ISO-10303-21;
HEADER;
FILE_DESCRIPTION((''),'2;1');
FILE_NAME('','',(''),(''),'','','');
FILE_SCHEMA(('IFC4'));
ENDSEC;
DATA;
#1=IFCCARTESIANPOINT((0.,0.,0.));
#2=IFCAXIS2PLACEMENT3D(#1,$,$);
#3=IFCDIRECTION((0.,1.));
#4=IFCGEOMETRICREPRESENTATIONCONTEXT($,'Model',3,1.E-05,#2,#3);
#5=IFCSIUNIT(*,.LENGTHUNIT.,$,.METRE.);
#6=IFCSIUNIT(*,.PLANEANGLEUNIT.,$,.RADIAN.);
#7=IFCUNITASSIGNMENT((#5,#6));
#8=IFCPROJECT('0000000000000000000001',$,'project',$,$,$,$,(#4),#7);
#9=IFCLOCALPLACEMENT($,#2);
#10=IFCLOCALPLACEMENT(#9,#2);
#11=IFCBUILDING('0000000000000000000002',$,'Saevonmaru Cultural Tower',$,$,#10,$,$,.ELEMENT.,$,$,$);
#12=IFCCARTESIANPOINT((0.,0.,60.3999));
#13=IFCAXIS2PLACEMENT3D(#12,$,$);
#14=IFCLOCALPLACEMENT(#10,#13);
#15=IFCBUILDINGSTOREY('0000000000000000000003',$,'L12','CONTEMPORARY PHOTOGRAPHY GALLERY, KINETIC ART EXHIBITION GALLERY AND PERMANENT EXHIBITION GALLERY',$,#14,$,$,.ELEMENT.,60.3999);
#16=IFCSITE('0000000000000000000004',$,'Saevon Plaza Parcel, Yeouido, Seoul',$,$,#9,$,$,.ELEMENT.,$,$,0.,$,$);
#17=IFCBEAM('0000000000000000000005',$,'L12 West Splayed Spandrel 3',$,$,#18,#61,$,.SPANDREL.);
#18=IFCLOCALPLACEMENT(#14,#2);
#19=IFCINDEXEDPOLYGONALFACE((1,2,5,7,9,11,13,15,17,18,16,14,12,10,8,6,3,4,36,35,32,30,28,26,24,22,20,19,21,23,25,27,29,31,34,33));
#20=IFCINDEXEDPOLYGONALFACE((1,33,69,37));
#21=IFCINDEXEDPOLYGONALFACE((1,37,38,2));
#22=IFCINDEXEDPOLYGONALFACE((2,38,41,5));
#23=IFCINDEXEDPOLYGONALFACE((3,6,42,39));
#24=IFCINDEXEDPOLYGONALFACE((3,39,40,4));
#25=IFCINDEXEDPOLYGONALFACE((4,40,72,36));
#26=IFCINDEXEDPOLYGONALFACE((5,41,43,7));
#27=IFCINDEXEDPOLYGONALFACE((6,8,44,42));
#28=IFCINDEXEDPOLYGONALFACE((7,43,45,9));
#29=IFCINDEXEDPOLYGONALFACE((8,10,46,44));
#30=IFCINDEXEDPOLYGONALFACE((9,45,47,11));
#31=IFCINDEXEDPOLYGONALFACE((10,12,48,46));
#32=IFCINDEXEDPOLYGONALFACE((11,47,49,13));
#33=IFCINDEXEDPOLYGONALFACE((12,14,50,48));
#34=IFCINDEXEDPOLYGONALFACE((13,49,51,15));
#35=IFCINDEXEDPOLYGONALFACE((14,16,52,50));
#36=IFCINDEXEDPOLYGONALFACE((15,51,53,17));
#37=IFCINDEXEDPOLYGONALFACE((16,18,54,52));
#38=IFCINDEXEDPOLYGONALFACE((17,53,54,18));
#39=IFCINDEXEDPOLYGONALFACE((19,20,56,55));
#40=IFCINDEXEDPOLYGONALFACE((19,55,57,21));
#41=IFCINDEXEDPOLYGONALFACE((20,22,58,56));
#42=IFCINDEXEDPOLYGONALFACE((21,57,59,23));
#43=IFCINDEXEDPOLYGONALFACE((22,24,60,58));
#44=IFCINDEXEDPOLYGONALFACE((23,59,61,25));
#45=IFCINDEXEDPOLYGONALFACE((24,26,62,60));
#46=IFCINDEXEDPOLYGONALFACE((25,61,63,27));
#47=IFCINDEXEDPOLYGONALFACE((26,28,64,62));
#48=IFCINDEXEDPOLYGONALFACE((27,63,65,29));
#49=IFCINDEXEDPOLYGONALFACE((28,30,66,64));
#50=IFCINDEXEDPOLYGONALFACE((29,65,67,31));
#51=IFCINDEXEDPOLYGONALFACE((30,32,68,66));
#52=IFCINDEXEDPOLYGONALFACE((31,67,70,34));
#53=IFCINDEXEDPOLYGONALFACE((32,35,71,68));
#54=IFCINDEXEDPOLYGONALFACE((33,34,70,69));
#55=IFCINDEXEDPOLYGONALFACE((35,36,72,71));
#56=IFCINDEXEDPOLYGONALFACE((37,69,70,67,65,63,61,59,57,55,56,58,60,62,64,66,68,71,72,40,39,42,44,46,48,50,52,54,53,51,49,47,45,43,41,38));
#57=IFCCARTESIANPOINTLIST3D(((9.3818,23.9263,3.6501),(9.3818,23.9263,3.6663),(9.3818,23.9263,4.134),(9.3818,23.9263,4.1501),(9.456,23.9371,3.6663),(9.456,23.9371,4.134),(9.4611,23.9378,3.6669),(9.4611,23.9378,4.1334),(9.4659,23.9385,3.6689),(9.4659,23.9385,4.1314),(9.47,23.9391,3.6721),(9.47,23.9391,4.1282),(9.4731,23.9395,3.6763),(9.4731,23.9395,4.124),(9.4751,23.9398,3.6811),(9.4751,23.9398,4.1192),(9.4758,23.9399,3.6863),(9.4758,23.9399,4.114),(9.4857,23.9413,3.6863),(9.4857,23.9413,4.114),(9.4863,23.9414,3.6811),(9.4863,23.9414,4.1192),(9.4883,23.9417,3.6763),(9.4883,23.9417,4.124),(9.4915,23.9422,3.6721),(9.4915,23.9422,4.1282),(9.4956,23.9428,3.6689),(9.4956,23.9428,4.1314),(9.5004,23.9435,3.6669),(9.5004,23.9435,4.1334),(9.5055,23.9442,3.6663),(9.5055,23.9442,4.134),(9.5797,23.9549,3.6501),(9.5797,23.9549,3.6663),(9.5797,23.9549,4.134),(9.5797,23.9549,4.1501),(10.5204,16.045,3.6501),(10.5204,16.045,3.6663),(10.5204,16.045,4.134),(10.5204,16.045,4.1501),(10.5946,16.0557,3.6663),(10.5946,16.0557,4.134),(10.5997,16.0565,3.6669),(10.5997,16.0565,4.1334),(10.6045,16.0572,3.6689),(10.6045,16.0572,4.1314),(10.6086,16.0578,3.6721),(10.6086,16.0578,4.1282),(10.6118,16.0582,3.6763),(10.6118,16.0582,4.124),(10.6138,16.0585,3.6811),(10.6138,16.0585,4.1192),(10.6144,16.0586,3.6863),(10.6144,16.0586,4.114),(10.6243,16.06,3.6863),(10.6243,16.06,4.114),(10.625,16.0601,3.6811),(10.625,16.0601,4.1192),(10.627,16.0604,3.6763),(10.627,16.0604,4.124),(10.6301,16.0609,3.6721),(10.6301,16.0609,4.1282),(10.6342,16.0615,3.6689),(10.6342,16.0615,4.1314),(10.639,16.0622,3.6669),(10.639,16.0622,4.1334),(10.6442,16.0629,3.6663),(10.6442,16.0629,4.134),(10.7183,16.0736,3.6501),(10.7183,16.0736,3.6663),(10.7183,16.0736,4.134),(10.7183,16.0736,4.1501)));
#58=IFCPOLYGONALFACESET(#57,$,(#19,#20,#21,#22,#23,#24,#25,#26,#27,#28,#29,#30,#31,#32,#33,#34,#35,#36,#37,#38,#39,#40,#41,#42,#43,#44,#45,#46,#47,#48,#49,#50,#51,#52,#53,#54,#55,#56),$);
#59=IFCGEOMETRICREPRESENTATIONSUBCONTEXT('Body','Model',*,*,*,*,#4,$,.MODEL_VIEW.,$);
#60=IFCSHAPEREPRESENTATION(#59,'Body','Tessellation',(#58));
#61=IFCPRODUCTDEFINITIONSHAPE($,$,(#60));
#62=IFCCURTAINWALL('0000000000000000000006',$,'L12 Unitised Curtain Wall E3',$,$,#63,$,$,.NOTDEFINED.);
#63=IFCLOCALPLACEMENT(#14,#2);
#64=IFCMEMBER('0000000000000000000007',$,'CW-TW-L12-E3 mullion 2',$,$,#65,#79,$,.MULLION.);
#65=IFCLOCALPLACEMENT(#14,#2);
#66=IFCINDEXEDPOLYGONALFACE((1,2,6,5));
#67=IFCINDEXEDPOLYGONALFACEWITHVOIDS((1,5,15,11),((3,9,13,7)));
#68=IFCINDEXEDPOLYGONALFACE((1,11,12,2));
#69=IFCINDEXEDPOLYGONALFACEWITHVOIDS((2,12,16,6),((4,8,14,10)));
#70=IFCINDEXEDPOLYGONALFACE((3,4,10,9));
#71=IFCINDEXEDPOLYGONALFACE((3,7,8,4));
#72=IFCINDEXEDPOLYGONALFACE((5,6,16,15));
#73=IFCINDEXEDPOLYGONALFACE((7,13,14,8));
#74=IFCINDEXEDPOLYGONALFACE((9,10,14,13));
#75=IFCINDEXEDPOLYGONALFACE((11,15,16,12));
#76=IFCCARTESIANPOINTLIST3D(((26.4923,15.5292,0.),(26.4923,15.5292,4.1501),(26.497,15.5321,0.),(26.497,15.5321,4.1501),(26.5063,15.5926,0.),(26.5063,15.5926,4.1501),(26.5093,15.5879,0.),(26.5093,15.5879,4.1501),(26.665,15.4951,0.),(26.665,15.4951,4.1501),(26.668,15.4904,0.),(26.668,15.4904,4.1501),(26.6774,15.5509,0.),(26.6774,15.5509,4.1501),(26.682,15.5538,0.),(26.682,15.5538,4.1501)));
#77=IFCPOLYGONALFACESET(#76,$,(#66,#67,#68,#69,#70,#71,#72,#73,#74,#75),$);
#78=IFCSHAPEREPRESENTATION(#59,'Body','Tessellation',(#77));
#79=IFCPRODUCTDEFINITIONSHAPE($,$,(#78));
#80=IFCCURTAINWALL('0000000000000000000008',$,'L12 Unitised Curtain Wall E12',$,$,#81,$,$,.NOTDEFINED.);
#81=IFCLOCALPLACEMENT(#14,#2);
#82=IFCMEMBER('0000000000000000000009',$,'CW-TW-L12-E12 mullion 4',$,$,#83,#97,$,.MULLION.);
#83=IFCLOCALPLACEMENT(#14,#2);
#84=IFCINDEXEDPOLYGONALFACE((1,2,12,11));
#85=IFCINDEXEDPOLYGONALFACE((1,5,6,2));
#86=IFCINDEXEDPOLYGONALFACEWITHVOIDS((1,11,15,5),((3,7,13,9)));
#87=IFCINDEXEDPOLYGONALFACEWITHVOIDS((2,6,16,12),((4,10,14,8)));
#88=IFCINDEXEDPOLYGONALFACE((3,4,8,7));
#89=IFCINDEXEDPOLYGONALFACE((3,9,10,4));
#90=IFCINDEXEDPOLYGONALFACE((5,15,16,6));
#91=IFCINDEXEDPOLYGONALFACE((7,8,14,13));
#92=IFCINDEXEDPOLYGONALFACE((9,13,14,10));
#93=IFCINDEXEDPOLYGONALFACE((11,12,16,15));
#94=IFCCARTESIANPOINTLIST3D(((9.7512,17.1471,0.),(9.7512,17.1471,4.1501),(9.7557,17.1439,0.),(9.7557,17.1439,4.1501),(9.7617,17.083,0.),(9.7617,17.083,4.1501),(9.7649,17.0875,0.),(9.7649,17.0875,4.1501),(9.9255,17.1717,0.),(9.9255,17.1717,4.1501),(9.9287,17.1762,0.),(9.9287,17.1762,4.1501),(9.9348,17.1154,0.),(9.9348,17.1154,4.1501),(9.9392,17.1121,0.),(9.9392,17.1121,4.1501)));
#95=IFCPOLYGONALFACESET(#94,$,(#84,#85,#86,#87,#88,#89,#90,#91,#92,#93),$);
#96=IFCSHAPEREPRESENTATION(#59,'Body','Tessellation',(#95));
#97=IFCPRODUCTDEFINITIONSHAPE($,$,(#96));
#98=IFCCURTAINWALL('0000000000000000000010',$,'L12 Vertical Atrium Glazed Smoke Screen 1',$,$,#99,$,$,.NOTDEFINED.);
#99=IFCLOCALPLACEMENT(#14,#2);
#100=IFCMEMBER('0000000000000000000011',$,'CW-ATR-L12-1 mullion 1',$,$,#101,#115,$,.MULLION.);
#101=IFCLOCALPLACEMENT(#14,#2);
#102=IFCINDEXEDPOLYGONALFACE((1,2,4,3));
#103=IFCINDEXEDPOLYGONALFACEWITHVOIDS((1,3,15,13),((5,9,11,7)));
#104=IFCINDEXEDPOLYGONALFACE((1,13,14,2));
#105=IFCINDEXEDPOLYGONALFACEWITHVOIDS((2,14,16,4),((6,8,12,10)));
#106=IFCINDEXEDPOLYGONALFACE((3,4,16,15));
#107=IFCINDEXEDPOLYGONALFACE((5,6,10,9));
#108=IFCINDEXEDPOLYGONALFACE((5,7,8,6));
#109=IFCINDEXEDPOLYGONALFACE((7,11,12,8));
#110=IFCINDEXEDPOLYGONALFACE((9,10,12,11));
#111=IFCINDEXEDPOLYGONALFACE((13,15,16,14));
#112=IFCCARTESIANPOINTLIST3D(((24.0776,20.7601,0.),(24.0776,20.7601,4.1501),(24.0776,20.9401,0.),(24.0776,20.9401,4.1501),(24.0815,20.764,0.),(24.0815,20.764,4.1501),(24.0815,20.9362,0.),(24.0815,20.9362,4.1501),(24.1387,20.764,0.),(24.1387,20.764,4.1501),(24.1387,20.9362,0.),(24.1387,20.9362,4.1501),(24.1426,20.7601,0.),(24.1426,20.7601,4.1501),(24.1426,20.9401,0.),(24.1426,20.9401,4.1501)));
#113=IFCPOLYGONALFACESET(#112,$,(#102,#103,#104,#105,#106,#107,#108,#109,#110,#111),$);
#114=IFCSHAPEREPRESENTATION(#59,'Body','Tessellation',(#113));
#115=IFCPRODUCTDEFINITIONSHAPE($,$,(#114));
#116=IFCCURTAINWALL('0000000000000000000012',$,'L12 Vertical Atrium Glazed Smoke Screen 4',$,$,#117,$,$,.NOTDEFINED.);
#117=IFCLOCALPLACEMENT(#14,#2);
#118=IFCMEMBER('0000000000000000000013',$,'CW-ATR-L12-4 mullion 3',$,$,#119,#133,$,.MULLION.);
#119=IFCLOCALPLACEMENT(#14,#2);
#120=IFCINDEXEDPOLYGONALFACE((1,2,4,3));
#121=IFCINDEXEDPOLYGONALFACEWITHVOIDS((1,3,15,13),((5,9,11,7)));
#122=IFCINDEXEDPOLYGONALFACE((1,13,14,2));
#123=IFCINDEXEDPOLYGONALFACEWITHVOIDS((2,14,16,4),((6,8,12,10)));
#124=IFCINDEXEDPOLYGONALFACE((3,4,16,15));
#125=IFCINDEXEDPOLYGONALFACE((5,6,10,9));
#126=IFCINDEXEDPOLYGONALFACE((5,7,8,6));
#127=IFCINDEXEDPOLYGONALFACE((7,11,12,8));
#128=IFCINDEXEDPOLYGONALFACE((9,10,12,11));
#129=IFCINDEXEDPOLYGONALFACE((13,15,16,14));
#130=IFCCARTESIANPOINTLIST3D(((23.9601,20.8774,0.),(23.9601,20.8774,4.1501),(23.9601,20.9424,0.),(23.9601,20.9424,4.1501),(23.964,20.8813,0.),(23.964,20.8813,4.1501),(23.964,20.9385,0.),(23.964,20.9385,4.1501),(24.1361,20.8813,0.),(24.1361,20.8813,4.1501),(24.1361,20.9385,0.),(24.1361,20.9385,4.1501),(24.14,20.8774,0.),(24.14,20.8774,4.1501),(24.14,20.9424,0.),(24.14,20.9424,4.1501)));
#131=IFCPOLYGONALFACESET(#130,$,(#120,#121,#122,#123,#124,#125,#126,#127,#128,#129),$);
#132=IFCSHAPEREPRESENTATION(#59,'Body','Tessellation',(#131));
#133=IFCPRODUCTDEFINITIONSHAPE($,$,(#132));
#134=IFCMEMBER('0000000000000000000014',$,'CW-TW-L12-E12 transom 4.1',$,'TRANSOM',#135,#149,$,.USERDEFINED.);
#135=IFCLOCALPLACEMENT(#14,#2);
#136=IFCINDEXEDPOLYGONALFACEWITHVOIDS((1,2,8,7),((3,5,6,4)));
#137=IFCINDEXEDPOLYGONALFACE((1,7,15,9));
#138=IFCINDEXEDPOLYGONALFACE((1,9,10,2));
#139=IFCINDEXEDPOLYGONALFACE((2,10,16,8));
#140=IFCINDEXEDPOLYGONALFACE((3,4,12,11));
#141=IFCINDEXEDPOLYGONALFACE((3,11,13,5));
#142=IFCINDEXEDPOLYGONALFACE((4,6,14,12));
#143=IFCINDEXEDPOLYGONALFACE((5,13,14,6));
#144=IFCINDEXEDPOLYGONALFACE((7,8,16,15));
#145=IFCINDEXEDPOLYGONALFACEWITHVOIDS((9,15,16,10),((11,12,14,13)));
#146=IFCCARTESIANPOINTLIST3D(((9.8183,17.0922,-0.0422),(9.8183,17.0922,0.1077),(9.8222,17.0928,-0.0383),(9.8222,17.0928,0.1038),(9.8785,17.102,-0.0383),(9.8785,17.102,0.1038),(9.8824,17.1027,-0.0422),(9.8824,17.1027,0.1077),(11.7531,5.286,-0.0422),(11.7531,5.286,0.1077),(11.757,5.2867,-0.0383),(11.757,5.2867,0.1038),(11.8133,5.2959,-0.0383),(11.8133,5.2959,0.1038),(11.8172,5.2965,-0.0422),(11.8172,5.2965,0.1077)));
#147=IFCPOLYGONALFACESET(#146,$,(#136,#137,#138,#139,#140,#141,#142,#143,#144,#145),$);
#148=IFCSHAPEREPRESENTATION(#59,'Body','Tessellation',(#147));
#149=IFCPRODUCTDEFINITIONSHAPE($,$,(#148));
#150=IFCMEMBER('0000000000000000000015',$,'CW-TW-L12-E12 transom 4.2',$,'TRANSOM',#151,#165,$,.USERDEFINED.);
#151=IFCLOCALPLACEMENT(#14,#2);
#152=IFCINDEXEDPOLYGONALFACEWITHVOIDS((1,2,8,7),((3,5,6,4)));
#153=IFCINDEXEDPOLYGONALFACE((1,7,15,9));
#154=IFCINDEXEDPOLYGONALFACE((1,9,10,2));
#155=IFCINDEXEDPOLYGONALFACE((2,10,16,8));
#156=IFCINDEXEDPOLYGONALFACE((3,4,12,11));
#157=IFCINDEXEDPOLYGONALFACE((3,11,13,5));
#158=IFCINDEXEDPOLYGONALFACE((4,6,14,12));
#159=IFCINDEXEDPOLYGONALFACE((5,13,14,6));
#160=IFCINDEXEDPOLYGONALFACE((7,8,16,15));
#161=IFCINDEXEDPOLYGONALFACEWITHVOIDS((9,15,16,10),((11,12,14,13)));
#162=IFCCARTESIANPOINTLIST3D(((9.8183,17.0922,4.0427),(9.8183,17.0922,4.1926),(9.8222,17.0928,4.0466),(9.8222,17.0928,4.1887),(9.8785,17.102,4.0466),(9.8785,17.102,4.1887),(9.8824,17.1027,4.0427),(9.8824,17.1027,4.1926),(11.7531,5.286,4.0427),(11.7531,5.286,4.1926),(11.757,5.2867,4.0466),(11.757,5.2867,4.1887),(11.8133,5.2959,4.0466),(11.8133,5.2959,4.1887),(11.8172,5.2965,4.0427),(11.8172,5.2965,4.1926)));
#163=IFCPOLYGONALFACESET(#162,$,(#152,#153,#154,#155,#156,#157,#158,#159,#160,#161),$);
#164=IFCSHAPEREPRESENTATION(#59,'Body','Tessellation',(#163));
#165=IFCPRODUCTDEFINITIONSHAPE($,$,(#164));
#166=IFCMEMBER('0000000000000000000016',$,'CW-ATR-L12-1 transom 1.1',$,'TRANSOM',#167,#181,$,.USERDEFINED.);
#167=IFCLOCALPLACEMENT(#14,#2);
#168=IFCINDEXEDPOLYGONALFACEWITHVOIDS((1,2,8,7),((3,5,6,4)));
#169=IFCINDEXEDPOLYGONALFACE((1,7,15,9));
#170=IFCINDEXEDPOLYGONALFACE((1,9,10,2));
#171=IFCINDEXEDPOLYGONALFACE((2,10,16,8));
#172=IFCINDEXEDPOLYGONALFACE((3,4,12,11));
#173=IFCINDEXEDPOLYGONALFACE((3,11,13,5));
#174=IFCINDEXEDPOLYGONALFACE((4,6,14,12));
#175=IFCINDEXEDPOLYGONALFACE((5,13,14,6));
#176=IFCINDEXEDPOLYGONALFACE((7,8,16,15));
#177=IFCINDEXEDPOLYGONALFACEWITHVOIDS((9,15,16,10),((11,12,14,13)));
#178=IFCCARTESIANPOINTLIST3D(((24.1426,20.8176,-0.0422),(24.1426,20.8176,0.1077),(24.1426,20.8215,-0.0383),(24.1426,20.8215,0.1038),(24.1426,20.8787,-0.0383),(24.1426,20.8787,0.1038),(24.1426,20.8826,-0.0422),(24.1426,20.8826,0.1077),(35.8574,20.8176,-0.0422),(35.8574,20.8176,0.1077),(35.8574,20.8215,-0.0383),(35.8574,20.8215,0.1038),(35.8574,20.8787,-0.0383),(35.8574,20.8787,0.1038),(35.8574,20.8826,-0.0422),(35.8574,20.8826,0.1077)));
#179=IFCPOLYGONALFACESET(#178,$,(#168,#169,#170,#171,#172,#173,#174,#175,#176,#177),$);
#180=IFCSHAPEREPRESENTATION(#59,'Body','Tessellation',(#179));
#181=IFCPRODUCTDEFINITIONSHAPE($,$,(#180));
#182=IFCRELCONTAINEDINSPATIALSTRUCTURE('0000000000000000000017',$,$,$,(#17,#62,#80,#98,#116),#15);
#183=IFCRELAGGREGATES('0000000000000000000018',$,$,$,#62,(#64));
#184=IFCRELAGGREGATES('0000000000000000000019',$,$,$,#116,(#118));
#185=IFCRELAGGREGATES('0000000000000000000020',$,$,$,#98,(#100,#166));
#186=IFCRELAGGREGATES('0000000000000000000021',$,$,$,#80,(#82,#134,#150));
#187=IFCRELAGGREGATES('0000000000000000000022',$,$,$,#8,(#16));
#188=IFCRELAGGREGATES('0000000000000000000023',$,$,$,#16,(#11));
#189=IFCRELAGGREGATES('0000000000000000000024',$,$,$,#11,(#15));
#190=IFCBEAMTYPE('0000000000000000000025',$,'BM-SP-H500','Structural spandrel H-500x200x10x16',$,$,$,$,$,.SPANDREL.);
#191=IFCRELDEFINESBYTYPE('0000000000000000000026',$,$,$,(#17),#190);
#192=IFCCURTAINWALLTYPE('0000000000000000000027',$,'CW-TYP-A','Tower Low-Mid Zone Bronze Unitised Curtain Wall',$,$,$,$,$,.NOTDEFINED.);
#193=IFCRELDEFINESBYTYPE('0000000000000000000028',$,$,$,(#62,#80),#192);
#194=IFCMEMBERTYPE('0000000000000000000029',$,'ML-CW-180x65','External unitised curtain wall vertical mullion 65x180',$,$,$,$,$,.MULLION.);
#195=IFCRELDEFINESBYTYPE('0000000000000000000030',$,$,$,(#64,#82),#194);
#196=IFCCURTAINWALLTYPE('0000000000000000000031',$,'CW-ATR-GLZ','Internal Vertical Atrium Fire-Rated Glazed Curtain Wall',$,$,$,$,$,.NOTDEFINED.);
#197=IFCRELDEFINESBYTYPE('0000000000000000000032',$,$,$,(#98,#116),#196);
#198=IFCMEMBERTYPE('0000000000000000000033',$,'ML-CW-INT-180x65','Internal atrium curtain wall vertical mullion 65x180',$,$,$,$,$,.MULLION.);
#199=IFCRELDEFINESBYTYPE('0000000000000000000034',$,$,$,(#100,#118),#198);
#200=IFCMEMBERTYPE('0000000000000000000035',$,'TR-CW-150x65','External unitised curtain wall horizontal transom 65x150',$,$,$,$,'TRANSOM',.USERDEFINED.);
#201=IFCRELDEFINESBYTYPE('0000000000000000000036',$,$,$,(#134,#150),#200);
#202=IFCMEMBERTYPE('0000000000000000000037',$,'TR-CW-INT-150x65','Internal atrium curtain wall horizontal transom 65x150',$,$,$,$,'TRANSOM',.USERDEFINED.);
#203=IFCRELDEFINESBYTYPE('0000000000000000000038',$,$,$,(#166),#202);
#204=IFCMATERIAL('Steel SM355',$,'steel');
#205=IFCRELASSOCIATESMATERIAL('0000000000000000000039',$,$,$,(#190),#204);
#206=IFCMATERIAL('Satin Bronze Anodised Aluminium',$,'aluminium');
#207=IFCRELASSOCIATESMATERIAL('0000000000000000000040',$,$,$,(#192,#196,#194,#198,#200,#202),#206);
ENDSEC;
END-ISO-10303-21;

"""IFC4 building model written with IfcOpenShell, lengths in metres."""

from ifc_helpers import new_model, si_unit, direction, frame, origin, origin_2d, place, context, subcontext, project, spatial, hollow_rectangle, i_section, extrude, material, material_profile, profile_set, type_object, element, aggregate, save


model = new_model("IFC4")

# Units and contexts
model_context = context("Model", 3, precision=1e-05, world=origin(), true_north=direction((0.0, 1.0)))
body_context = subcontext(model_context, "Body", "Model", "MODEL_VIEW")
ifc_project = project(units=[si_unit("LENGTHUNIT", "METRE"), si_unit("PLANEANGLEUNIT", "RADIAN")], contexts=[model_context])

# Site, building, storey
site_placement = place(None, origin())
site = spatial("IfcSite", under=ifc_project, at=site_placement, Name="Saevon Plaza Parcel, Yeouido, Seoul", CompositionType="ELEMENT", RefElevation=0.0)
building_placement = place(site_placement, origin())
building = spatial("IfcBuilding", under=site, at=building_placement, Name="Saevonmaru Cultural Tower", CompositionType="ELEMENT")
storey_placement = place(building_placement, frame((0.0, 0.0, 60.3999)))
storey = spatial("IfcBuildingStorey", under=building, at=storey_placement, Name="L12", Description="CONTEMPORARY PHOTOGRAPHY GALLERY, KINETIC ART EXHIBITION GALLERY AND PERMANENT EXHIBITION GALLERY", CompositionType="ELEMENT", Elevation=60.3999)

# Beam
ifc_material_1 = material(Name="Steel SM355", Category="steel")
ifc_material_profile_1 = material_profile(ifc_material_1, i_section(OverallWidth=0.2, OverallDepth=0.5, WebThickness=0.01, FlangeThickness=0.0161, FilletRadius=0.02, at=origin_2d()), Name="H-500x200x10x16")
ifc_profile_set_1 = profile_set([ifc_material_profile_1], Name="Steel SM355")
beam_type_1 = type_object("IfcBeamType", Name="BM-SP-H500", Description="Structural spandrel H-500x200x10x16", PredefinedType="SPANDREL", material=ifc_profile_set_1)
beam_1_placement = place(storey_placement, frame((10.6194, 16.0593, 3.9001), z_axis=(-0.142992, 0.989724, 0.0), x_axis=(-0.989724, -0.142992, 0.0)))
element("IfcBeam", 1, at=beam_1_placement, inside=storey, type_object=beam_type_1, Name="L12 West Splayed Spandrel 3", PredefinedType="SPANDREL", context=body_context, shape_type="SweptSolid", body=[
    extrude(i_section(OverallWidth=0.2, OverallDepth=0.5, WebThickness=0.01, FlangeThickness=0.0161, FilletRadius=0.02, at=origin_2d()), origin(), (0.0, 0.0, 1.0), 7.9631),
])

# Curtain walls, members
ifc_material_2 = material(Name="Satin Bronze Anodised Aluminium", Category="aluminium")
curtain_wall_type_1 = type_object("IfcCurtainWallType", Name="CW-TYP-A", Description="Tower Low-Mid Zone Bronze Unitised Curtain Wall", PredefinedType="NOTDEFINED", material=ifc_material_2)
curtain_wall_1_placement = place(storey_placement, origin())
curtain_wall_1 = element("IfcCurtainWall", 2, at=curtain_wall_1_placement, inside=storey, type_object=curtain_wall_type_1, Name="L12 Unitised Curtain Wall E3", PredefinedType="NOTDEFINED")
ifc_material_profile_2 = material_profile(ifc_material_2, hollow_rectangle(XDim=0.0649, YDim=0.1799, WallThickness=0.0039, at=origin_2d()), Name="ALU-MULL-180x65x4")
ifc_profile_set_2 = profile_set([ifc_material_profile_2], Name="Satin Bronze Anodised Aluminium")
member_type_1 = type_object("IfcMemberType", Name="ML-CW-180x65", Description="External unitised curtain wall vertical mullion 65x180", PredefinedType="MULLION", material=ifc_profile_set_2)
member_1_placement = place(storey_placement, frame((26.5872, 15.5415, 0.0), z_axis=(0.0, 0.0, 1.0), x_axis=(0.215413, 0.976523, 0.0)))
member_1 = element("IfcMember", 3, at=member_1_placement, type_object=member_type_1, Name="CW-TW-L12-E3 mullion 2", PredefinedType="MULLION", context=body_context, shape_type="SweptSolid", body=[
    extrude(hollow_rectangle(XDim=0.0649, YDim=0.1799, WallThickness=0.0039, at=origin_2d()), origin(), (0.0, 0.0, 1.0), 4.1501),
])
aggregate(curtain_wall_1, [member_1])
curtain_wall_2_placement = place(storey_placement, origin())
curtain_wall_2 = element("IfcCurtainWall", 4, at=curtain_wall_2_placement, inside=storey, type_object=curtain_wall_type_1, Name="L12 Unitised Curtain Wall E12", PredefinedType="NOTDEFINED")
member_2_placement = place(storey_placement, frame((9.8452, 17.1296, 0.0), z_axis=(0.0, 0.0, 1.0), x_axis=(0.161709, -0.986839, 0.0)))
member_2 = element("IfcMember", 5, at=member_2_placement, type_object=member_type_1, Name="CW-TW-L12-E12 mullion 4", PredefinedType="MULLION", context=body_context, shape_type="SweptSolid", body=[
    extrude(hollow_rectangle(XDim=0.0649, YDim=0.1799, WallThickness=0.0039, at=origin_2d()), origin(), (0.0, 0.0, 1.0), 4.1501),
])
curtain_wall_type_2 = type_object("IfcCurtainWallType", Name="CW-ATR-GLZ", Description="Internal Vertical Atrium Fire-Rated Glazed Curtain Wall", PredefinedType="NOTDEFINED", material=ifc_material_2)
curtain_wall_3_placement = place(storey_placement, origin())
curtain_wall_3 = element("IfcCurtainWall", 6, at=curtain_wall_3_placement, inside=storey, type_object=curtain_wall_type_2, Name="L12 Vertical Atrium Glazed Smoke Screen 1", PredefinedType="NOTDEFINED")
ifc_material_profile_3 = material_profile(ifc_material_2, hollow_rectangle(XDim=0.0649, YDim=0.1799, WallThickness=0.0039, at=origin_2d()), Name="ALU-MULL-180x65x4")
ifc_profile_set_3 = profile_set([ifc_material_profile_3], Name="Satin Bronze Anodised Aluminium")
member_type_2 = type_object("IfcMemberType", Name="ML-CW-INT-180x65", Description="Internal atrium curtain wall vertical mullion 65x180", PredefinedType="MULLION", material=ifc_profile_set_3)
member_3_placement = place(storey_placement, frame((24.1101, 20.8501, 0.0), z_axis=(0.0, 0.0, 1.0), x_axis=(1.0, 0.0, 0.0)))
member_3 = element("IfcMember", 7, at=member_3_placement, type_object=member_type_2, Name="CW-ATR-L12-1 mullion 1", PredefinedType="MULLION", context=body_context, shape_type="SweptSolid", body=[
    extrude(hollow_rectangle(XDim=0.0649, YDim=0.1799, WallThickness=0.0039, at=origin_2d()), origin(), (0.0, 0.0, 1.0), 4.1501),
])
curtain_wall_4_placement = place(storey_placement, origin())
curtain_wall_4 = element("IfcCurtainWall", 8, at=curtain_wall_4_placement, inside=storey, type_object=curtain_wall_type_2, Name="L12 Vertical Atrium Glazed Smoke Screen 4", PredefinedType="NOTDEFINED")
member_4_placement = place(storey_placement, frame((24.05, 20.9099, 0.0), z_axis=(0.0, 0.0, 1.0), x_axis=(0.0, -1.0, 0.0)))
member_4 = element("IfcMember", 9, at=member_4_placement, type_object=member_type_2, Name="CW-ATR-L12-4 mullion 3", PredefinedType="MULLION", context=body_context, shape_type="SweptSolid", body=[
    extrude(hollow_rectangle(XDim=0.0649, YDim=0.1799, WallThickness=0.0039, at=origin_2d()), origin(), (0.0, 0.0, 1.0), 4.1501),
])
aggregate(curtain_wall_4, [member_4])

# Members
ifc_material_profile_4 = material_profile(ifc_material_2, hollow_rectangle(XDim=0.0649, YDim=0.1499, WallThickness=0.0039, at=origin_2d()), Name="ALU-TRAN-150x65x4")
ifc_profile_set_4 = profile_set([ifc_material_profile_4], Name="Satin Bronze Anodised Aluminium")
member_type_3 = type_object("IfcMemberType", Name="TR-CW-150x65", Description="External unitised curtain wall horizontal transom 65x150", ElementType="TRANSOM", PredefinedType="USERDEFINED", material=ifc_profile_set_4)
member_5_placement = place(storey_placement, frame((9.8503, 17.0974, 0.0327), z_axis=(0.161725, -0.986836, 0.0), x_axis=(0.986836, 0.161725, 0.0)))
member_5 = element("IfcMember", 10, at=member_5_placement, type_object=member_type_3, Name="CW-TW-L12-E12 transom 4.1", ObjectType="TRANSOM", PredefinedType="USERDEFINED", context=body_context, shape_type="SweptSolid", body=[
    extrude(hollow_rectangle(XDim=0.0649, YDim=0.1499, WallThickness=0.0039, at=origin_2d()), origin(), (0.0, 0.0, 1.0), 11.9636),
])
member_6_placement = place(storey_placement, frame((9.8503, 17.0974, 4.1177), z_axis=(0.161725, -0.986836, 0.0), x_axis=(0.986836, 0.161725, 0.0)))
member_6 = element("IfcMember", 11, at=member_6_placement, type_object=member_type_3, Name="CW-TW-L12-E12 transom 4.2", ObjectType="TRANSOM", PredefinedType="USERDEFINED", context=body_context, shape_type="SweptSolid", body=[
    extrude(hollow_rectangle(XDim=0.0649, YDim=0.1499, WallThickness=0.0039, at=origin_2d()), origin(), (0.0, 0.0, 1.0), 11.9636),
])
ifc_material_profile_5 = material_profile(ifc_material_2, hollow_rectangle(XDim=0.0649, YDim=0.1499, WallThickness=0.0039, at=origin_2d()), Name="ALU-TRAN-150x65x4")
ifc_profile_set_5 = profile_set([ifc_material_profile_5], Name="Satin Bronze Anodised Aluminium")
member_type_4 = type_object("IfcMemberType", Name="TR-CW-INT-150x65", Description="Internal atrium curtain wall horizontal transom 65x150", ElementType="TRANSOM", PredefinedType="USERDEFINED", material=ifc_profile_set_5)
member_7_placement = place(storey_placement, frame((24.1426, 20.8501, 0.0327), z_axis=(1.0, 0.0, 0.0), x_axis=(0.0, 1.0, 0.0)))
member_7 = element("IfcMember", 12, at=member_7_placement, type_object=member_type_4, Name="CW-ATR-L12-1 transom 1.1", ObjectType="TRANSOM", PredefinedType="USERDEFINED", context=body_context, shape_type="SweptSolid", body=[
    extrude(hollow_rectangle(XDim=0.0649, YDim=0.1499, WallThickness=0.0039, at=origin_2d()), origin(), (0.0, 0.0, 1.0), 11.7148),
])
aggregate(curtain_wall_3, [member_3, member_7])

aggregate(curtain_wall_2, [member_2, member_5, member_6])

save(model, "model.ifc")
